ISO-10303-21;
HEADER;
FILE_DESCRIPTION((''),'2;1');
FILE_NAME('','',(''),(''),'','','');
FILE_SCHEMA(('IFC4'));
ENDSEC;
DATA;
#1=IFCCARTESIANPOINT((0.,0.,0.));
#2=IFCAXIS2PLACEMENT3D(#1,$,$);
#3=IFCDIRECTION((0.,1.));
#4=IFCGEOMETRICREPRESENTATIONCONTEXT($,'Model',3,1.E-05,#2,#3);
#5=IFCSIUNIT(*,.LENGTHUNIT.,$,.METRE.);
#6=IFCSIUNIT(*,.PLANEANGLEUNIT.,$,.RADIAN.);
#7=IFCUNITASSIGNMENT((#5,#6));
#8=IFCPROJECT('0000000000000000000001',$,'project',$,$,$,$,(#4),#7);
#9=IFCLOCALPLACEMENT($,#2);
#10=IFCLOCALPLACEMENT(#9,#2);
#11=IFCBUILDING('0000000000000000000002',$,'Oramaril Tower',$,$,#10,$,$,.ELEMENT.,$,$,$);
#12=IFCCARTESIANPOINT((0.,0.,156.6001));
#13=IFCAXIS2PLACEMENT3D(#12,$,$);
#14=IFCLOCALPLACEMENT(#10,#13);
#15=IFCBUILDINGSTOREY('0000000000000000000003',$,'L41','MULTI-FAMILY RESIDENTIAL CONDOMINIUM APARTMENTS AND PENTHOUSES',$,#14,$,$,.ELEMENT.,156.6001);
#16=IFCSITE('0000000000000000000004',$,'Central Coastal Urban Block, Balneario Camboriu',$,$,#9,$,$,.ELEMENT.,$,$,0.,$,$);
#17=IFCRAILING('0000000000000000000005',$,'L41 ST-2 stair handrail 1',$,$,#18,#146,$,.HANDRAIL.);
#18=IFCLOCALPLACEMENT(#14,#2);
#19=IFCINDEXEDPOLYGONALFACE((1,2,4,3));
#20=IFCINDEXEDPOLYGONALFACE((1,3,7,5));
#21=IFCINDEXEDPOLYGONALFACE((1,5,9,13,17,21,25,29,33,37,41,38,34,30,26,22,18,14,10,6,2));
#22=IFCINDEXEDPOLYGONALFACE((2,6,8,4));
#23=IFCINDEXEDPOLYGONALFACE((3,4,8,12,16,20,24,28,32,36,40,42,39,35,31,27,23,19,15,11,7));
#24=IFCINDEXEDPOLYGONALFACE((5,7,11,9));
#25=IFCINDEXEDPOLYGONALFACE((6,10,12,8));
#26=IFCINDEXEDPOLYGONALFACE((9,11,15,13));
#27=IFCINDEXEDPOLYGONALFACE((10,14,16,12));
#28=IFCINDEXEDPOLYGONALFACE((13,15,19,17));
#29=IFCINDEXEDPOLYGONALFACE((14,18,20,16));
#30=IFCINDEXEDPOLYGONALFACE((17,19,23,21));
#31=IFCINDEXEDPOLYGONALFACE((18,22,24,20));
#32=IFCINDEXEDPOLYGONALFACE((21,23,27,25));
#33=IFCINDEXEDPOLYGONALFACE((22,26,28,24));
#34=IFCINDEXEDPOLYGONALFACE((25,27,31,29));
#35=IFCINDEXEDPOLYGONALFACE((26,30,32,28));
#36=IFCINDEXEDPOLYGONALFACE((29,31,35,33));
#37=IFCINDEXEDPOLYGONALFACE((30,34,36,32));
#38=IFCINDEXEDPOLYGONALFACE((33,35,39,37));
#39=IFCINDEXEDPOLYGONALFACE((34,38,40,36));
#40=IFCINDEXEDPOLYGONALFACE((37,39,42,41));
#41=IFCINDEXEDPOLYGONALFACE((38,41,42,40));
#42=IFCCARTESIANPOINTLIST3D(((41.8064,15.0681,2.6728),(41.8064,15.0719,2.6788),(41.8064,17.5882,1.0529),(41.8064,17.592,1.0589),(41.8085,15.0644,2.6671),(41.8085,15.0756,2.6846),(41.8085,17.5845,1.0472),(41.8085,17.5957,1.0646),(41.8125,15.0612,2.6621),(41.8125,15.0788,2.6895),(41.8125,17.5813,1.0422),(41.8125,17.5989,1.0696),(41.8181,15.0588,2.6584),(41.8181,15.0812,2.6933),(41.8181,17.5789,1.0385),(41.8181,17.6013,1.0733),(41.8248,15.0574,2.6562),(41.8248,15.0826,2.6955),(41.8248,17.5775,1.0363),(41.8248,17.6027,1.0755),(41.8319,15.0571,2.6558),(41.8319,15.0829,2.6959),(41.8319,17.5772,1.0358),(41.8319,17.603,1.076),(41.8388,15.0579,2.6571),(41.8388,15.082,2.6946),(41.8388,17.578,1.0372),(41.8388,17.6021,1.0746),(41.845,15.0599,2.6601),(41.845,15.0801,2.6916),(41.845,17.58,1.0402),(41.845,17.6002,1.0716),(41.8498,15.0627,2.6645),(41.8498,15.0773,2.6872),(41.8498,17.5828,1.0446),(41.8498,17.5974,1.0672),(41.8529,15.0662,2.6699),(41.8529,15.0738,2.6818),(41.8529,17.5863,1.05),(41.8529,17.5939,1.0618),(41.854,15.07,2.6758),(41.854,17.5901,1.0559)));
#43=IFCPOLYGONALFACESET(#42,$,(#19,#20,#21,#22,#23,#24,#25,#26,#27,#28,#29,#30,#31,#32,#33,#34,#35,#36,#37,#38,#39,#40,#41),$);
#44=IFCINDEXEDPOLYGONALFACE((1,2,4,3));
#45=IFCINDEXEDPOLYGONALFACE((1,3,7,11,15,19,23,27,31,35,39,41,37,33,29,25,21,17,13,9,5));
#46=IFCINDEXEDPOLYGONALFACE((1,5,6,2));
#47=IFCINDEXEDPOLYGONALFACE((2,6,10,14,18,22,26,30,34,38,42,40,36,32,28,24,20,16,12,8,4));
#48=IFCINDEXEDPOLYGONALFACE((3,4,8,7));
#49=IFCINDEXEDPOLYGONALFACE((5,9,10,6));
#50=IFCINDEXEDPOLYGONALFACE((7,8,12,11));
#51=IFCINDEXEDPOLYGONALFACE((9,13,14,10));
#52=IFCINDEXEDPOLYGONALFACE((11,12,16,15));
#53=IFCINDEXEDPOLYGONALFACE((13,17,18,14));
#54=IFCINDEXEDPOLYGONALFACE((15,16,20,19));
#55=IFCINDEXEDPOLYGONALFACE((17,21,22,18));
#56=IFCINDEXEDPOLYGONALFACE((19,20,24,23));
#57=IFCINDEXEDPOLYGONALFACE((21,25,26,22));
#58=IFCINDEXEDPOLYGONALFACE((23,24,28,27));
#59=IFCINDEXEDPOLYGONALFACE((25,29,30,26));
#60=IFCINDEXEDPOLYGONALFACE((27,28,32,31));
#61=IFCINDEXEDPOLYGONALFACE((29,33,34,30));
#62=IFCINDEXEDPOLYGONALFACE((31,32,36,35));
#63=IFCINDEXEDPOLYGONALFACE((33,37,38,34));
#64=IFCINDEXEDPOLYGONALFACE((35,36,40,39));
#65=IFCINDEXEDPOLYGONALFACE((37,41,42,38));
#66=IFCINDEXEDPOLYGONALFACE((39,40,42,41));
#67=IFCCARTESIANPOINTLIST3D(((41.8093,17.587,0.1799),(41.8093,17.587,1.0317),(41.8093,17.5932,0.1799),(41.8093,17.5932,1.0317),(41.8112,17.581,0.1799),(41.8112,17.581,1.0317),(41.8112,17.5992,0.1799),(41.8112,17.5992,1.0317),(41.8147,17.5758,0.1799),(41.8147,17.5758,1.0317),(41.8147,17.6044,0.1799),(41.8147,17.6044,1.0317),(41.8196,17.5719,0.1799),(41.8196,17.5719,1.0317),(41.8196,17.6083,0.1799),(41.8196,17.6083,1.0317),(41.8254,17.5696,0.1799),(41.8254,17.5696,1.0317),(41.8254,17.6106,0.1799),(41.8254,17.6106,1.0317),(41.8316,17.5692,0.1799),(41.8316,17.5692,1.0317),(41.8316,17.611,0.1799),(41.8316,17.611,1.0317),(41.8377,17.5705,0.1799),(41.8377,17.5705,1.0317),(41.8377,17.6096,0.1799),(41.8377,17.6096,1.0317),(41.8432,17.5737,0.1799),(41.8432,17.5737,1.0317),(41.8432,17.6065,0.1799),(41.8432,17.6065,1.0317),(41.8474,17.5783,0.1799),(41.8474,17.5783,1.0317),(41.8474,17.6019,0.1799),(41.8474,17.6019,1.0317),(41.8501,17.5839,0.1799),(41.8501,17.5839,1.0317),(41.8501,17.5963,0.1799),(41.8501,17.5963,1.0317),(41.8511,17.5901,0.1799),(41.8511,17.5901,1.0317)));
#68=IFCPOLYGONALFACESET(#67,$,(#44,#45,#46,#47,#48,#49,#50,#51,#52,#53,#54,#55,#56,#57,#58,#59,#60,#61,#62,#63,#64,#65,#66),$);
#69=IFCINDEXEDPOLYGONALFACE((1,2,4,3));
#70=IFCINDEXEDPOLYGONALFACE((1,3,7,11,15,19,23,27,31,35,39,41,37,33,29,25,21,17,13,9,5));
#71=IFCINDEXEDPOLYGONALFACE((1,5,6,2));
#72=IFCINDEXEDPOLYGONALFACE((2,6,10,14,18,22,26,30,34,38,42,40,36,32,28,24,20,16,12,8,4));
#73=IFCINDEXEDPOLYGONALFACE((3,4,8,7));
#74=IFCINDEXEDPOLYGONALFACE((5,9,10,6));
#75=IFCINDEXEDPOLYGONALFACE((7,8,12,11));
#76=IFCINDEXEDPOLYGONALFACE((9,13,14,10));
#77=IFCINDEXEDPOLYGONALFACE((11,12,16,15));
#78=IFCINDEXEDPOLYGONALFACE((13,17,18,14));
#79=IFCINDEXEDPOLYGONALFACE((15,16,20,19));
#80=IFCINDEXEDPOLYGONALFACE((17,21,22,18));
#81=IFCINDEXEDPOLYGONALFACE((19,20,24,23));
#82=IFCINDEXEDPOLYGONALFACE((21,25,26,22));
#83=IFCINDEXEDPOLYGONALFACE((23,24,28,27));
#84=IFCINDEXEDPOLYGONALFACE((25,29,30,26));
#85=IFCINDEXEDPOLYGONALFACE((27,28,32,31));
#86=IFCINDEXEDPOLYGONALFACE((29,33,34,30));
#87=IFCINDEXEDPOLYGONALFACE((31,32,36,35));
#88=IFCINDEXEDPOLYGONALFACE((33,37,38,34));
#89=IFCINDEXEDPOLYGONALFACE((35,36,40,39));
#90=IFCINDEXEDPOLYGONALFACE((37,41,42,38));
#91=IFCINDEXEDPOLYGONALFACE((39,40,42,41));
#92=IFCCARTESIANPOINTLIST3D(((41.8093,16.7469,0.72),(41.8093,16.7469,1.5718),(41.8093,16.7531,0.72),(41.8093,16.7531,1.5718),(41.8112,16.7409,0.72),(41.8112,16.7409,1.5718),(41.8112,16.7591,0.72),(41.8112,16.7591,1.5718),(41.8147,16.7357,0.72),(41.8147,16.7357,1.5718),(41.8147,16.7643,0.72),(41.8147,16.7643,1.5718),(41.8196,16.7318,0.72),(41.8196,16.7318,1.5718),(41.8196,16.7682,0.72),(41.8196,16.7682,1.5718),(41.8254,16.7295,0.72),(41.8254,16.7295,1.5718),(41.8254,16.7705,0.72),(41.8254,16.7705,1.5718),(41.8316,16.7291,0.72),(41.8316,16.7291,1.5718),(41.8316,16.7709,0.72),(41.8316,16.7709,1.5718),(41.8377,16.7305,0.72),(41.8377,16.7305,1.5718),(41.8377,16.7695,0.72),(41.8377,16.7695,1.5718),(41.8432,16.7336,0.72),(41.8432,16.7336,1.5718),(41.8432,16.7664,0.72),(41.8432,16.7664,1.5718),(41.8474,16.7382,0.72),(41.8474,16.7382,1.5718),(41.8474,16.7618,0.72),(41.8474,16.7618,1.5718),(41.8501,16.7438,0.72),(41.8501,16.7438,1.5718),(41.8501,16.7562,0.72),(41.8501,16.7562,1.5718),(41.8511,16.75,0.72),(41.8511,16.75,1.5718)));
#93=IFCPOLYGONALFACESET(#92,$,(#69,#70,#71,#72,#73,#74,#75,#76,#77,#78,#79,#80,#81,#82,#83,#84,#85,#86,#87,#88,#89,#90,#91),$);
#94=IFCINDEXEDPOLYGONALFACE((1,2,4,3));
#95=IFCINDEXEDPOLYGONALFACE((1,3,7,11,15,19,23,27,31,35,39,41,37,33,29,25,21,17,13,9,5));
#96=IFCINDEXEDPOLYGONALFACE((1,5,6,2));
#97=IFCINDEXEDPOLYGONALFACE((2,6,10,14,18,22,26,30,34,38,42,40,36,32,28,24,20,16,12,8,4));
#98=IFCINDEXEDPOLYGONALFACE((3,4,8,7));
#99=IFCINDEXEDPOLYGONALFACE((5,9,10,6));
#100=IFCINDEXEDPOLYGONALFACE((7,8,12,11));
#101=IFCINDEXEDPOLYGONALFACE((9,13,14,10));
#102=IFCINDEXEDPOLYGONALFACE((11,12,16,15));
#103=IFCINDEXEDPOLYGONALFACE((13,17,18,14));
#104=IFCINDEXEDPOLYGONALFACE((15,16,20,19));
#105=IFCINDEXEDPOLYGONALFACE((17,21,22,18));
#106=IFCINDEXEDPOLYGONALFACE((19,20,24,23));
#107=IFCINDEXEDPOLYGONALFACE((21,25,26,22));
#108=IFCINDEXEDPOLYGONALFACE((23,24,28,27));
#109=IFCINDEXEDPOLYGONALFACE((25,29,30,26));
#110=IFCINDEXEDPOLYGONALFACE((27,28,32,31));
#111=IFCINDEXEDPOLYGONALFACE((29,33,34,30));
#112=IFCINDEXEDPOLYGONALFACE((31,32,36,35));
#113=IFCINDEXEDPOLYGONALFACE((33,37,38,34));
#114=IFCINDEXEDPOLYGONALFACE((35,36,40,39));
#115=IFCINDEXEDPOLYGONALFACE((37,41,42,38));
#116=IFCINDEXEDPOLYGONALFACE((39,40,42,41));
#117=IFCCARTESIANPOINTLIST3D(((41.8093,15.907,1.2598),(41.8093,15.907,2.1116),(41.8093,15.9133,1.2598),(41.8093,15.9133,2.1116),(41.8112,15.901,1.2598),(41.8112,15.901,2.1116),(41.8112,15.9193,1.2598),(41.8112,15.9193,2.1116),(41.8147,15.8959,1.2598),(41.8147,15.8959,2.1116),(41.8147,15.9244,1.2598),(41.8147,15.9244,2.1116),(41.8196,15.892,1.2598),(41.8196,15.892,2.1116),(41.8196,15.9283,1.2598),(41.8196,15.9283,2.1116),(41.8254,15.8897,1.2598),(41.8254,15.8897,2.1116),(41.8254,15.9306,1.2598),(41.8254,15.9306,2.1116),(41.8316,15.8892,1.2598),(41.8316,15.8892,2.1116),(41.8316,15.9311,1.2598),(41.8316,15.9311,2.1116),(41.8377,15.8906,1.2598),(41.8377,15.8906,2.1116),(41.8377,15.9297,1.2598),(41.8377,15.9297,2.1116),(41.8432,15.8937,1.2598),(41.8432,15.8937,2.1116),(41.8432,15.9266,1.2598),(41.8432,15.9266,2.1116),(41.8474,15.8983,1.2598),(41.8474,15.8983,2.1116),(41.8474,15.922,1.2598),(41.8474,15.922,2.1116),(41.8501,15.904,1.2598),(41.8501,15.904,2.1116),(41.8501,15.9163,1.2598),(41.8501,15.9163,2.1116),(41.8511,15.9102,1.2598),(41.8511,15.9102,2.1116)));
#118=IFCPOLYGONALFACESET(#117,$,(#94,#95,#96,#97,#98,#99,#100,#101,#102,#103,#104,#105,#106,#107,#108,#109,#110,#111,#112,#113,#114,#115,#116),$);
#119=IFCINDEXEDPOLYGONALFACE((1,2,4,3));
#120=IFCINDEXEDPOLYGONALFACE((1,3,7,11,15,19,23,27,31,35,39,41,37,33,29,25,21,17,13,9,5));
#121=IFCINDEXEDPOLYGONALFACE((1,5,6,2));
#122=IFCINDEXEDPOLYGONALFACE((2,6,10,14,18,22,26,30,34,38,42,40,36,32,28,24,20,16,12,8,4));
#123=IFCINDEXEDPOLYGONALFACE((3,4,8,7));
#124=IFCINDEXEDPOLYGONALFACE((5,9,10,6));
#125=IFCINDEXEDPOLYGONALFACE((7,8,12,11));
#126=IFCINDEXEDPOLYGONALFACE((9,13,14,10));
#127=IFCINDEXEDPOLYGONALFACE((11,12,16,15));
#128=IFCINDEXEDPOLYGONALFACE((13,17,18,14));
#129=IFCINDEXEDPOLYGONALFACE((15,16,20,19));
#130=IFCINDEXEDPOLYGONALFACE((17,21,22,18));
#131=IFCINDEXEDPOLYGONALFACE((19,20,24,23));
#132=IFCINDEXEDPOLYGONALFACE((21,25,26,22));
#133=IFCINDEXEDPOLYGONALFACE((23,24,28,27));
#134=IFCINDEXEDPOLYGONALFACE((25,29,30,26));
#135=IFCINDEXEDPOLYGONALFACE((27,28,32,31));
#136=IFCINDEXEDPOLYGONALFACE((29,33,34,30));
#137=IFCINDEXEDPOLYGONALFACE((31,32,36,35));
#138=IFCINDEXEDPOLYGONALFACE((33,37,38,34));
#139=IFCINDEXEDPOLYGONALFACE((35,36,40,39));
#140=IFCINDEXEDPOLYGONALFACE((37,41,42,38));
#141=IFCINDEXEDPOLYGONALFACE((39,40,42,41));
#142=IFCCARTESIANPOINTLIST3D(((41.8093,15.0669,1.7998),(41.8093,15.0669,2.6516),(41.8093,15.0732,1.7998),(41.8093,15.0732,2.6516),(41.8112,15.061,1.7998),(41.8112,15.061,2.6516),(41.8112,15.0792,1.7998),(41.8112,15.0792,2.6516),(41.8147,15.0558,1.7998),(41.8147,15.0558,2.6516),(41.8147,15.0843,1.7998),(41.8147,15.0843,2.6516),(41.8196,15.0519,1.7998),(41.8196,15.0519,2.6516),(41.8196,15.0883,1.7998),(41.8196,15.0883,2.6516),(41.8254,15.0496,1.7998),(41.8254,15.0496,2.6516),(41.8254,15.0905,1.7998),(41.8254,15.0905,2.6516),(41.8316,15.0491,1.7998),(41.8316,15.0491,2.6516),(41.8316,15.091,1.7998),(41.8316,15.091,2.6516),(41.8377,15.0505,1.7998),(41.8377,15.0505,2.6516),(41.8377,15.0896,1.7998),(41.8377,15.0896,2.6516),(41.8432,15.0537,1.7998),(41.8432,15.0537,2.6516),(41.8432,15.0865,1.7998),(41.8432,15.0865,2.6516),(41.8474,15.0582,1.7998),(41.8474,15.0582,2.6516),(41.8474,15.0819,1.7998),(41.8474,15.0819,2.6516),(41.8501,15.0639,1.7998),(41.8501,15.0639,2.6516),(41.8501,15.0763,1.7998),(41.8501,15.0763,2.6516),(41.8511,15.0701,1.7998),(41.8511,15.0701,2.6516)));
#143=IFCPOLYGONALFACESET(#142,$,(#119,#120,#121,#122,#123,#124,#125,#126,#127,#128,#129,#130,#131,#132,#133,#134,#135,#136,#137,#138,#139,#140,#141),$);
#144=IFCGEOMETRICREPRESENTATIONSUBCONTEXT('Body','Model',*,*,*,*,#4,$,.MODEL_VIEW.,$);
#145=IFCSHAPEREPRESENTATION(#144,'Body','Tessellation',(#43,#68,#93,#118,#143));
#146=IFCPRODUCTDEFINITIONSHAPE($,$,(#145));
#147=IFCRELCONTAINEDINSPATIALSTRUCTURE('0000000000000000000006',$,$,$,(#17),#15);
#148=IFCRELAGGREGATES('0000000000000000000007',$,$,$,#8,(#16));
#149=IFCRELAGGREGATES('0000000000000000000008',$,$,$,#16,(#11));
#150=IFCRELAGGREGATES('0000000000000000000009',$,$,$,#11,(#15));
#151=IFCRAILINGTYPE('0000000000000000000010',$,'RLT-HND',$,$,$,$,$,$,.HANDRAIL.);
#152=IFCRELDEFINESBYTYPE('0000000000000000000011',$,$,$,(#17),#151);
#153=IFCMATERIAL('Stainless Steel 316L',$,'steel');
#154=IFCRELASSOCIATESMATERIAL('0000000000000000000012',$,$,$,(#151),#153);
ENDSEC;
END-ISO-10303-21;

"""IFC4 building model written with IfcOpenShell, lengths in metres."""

from ifc_helpers import new_model, si_unit, direction, frame, origin, origin_2d, place, context, subcontext, project, spatial, circle, extrude, material, type_object, element, save


model = new_model("IFC4")

# Units and contexts
model_context = context("Model", 3, precision=1e-05, world=origin(), true_north=direction((0.0, 1.0)))
body_context = subcontext(model_context, "Body", "Model", "MODEL_VIEW")
ifc_project = project(units=[si_unit("LENGTHUNIT", "METRE"), si_unit("PLANEANGLEUNIT", "RADIAN")], contexts=[model_context])

# Site, building, storey
site_placement = place(None, origin())
site = spatial("IfcSite", under=ifc_project, at=site_placement, Name="Central Coastal Urban Block, Balneario Camboriu", CompositionType="ELEMENT", RefElevation=0.0)
building_placement = place(site_placement, origin())
building = spatial("IfcBuilding", under=site, at=building_placement, Name="Oramaril Tower", CompositionType="ELEMENT")
storey_placement = place(building_placement, frame((0.0, 0.0, 156.6001)))
storey = spatial("IfcBuildingStorey", under=building, at=storey_placement, Name="L41", Description="MULTI-FAMILY RESIDENTIAL CONDOMINIUM APARTMENTS AND PENTHOUSES", CompositionType="ELEMENT", Elevation=156.6001)

# Railing
ifc_material_1 = material(Name="Stainless Steel 316L", Category="steel")
railing_type_1 = type_object("IfcRailingType", Name="RLT-HND", PredefinedType="HANDRAIL", material=ifc_material_1)
railing_1_placement = place(storey_placement, frame((41.8301, 17.5901, 0.1799)))
element("IfcRailing", 1, at=railing_1_placement, inside=storey, type_object=railing_type_1, Name="L41 ST-2 stair handrail 1", PredefinedType="HANDRAIL", context=body_context, shape_type="SweptSolid", body=[
    extrude(circle(Radius=0.0239, at=origin_2d()), frame((0.0, 0.0, 0.876), z_axis=(0.0, -0.8412, 0.540725), x_axis=(1.0, 0.0, 0.0)), (0.0, 0.0, 1.0), 2.9958),
    extrude(circle(Radius=0.021, at=origin_2d()), origin(), (0.0, 0.0, 1.0), 0.8518),
    extrude(circle(Radius=0.021, at=origin_2d()), frame((0.0, -0.8401, 0.54)), (0.0, 0.0, 1.0), 0.8518),
    extrude(circle(Radius=0.021, at=origin_2d()), frame((0.0, -1.6799, 1.0798)), (0.0, 0.0, 1.0), 0.8518),
    extrude(circle(Radius=0.021, at=origin_2d()), frame((0.0, -2.52, 1.6199)), (0.0, 0.0, 1.0), 0.8518),
])

save(model, "model.ifc")
